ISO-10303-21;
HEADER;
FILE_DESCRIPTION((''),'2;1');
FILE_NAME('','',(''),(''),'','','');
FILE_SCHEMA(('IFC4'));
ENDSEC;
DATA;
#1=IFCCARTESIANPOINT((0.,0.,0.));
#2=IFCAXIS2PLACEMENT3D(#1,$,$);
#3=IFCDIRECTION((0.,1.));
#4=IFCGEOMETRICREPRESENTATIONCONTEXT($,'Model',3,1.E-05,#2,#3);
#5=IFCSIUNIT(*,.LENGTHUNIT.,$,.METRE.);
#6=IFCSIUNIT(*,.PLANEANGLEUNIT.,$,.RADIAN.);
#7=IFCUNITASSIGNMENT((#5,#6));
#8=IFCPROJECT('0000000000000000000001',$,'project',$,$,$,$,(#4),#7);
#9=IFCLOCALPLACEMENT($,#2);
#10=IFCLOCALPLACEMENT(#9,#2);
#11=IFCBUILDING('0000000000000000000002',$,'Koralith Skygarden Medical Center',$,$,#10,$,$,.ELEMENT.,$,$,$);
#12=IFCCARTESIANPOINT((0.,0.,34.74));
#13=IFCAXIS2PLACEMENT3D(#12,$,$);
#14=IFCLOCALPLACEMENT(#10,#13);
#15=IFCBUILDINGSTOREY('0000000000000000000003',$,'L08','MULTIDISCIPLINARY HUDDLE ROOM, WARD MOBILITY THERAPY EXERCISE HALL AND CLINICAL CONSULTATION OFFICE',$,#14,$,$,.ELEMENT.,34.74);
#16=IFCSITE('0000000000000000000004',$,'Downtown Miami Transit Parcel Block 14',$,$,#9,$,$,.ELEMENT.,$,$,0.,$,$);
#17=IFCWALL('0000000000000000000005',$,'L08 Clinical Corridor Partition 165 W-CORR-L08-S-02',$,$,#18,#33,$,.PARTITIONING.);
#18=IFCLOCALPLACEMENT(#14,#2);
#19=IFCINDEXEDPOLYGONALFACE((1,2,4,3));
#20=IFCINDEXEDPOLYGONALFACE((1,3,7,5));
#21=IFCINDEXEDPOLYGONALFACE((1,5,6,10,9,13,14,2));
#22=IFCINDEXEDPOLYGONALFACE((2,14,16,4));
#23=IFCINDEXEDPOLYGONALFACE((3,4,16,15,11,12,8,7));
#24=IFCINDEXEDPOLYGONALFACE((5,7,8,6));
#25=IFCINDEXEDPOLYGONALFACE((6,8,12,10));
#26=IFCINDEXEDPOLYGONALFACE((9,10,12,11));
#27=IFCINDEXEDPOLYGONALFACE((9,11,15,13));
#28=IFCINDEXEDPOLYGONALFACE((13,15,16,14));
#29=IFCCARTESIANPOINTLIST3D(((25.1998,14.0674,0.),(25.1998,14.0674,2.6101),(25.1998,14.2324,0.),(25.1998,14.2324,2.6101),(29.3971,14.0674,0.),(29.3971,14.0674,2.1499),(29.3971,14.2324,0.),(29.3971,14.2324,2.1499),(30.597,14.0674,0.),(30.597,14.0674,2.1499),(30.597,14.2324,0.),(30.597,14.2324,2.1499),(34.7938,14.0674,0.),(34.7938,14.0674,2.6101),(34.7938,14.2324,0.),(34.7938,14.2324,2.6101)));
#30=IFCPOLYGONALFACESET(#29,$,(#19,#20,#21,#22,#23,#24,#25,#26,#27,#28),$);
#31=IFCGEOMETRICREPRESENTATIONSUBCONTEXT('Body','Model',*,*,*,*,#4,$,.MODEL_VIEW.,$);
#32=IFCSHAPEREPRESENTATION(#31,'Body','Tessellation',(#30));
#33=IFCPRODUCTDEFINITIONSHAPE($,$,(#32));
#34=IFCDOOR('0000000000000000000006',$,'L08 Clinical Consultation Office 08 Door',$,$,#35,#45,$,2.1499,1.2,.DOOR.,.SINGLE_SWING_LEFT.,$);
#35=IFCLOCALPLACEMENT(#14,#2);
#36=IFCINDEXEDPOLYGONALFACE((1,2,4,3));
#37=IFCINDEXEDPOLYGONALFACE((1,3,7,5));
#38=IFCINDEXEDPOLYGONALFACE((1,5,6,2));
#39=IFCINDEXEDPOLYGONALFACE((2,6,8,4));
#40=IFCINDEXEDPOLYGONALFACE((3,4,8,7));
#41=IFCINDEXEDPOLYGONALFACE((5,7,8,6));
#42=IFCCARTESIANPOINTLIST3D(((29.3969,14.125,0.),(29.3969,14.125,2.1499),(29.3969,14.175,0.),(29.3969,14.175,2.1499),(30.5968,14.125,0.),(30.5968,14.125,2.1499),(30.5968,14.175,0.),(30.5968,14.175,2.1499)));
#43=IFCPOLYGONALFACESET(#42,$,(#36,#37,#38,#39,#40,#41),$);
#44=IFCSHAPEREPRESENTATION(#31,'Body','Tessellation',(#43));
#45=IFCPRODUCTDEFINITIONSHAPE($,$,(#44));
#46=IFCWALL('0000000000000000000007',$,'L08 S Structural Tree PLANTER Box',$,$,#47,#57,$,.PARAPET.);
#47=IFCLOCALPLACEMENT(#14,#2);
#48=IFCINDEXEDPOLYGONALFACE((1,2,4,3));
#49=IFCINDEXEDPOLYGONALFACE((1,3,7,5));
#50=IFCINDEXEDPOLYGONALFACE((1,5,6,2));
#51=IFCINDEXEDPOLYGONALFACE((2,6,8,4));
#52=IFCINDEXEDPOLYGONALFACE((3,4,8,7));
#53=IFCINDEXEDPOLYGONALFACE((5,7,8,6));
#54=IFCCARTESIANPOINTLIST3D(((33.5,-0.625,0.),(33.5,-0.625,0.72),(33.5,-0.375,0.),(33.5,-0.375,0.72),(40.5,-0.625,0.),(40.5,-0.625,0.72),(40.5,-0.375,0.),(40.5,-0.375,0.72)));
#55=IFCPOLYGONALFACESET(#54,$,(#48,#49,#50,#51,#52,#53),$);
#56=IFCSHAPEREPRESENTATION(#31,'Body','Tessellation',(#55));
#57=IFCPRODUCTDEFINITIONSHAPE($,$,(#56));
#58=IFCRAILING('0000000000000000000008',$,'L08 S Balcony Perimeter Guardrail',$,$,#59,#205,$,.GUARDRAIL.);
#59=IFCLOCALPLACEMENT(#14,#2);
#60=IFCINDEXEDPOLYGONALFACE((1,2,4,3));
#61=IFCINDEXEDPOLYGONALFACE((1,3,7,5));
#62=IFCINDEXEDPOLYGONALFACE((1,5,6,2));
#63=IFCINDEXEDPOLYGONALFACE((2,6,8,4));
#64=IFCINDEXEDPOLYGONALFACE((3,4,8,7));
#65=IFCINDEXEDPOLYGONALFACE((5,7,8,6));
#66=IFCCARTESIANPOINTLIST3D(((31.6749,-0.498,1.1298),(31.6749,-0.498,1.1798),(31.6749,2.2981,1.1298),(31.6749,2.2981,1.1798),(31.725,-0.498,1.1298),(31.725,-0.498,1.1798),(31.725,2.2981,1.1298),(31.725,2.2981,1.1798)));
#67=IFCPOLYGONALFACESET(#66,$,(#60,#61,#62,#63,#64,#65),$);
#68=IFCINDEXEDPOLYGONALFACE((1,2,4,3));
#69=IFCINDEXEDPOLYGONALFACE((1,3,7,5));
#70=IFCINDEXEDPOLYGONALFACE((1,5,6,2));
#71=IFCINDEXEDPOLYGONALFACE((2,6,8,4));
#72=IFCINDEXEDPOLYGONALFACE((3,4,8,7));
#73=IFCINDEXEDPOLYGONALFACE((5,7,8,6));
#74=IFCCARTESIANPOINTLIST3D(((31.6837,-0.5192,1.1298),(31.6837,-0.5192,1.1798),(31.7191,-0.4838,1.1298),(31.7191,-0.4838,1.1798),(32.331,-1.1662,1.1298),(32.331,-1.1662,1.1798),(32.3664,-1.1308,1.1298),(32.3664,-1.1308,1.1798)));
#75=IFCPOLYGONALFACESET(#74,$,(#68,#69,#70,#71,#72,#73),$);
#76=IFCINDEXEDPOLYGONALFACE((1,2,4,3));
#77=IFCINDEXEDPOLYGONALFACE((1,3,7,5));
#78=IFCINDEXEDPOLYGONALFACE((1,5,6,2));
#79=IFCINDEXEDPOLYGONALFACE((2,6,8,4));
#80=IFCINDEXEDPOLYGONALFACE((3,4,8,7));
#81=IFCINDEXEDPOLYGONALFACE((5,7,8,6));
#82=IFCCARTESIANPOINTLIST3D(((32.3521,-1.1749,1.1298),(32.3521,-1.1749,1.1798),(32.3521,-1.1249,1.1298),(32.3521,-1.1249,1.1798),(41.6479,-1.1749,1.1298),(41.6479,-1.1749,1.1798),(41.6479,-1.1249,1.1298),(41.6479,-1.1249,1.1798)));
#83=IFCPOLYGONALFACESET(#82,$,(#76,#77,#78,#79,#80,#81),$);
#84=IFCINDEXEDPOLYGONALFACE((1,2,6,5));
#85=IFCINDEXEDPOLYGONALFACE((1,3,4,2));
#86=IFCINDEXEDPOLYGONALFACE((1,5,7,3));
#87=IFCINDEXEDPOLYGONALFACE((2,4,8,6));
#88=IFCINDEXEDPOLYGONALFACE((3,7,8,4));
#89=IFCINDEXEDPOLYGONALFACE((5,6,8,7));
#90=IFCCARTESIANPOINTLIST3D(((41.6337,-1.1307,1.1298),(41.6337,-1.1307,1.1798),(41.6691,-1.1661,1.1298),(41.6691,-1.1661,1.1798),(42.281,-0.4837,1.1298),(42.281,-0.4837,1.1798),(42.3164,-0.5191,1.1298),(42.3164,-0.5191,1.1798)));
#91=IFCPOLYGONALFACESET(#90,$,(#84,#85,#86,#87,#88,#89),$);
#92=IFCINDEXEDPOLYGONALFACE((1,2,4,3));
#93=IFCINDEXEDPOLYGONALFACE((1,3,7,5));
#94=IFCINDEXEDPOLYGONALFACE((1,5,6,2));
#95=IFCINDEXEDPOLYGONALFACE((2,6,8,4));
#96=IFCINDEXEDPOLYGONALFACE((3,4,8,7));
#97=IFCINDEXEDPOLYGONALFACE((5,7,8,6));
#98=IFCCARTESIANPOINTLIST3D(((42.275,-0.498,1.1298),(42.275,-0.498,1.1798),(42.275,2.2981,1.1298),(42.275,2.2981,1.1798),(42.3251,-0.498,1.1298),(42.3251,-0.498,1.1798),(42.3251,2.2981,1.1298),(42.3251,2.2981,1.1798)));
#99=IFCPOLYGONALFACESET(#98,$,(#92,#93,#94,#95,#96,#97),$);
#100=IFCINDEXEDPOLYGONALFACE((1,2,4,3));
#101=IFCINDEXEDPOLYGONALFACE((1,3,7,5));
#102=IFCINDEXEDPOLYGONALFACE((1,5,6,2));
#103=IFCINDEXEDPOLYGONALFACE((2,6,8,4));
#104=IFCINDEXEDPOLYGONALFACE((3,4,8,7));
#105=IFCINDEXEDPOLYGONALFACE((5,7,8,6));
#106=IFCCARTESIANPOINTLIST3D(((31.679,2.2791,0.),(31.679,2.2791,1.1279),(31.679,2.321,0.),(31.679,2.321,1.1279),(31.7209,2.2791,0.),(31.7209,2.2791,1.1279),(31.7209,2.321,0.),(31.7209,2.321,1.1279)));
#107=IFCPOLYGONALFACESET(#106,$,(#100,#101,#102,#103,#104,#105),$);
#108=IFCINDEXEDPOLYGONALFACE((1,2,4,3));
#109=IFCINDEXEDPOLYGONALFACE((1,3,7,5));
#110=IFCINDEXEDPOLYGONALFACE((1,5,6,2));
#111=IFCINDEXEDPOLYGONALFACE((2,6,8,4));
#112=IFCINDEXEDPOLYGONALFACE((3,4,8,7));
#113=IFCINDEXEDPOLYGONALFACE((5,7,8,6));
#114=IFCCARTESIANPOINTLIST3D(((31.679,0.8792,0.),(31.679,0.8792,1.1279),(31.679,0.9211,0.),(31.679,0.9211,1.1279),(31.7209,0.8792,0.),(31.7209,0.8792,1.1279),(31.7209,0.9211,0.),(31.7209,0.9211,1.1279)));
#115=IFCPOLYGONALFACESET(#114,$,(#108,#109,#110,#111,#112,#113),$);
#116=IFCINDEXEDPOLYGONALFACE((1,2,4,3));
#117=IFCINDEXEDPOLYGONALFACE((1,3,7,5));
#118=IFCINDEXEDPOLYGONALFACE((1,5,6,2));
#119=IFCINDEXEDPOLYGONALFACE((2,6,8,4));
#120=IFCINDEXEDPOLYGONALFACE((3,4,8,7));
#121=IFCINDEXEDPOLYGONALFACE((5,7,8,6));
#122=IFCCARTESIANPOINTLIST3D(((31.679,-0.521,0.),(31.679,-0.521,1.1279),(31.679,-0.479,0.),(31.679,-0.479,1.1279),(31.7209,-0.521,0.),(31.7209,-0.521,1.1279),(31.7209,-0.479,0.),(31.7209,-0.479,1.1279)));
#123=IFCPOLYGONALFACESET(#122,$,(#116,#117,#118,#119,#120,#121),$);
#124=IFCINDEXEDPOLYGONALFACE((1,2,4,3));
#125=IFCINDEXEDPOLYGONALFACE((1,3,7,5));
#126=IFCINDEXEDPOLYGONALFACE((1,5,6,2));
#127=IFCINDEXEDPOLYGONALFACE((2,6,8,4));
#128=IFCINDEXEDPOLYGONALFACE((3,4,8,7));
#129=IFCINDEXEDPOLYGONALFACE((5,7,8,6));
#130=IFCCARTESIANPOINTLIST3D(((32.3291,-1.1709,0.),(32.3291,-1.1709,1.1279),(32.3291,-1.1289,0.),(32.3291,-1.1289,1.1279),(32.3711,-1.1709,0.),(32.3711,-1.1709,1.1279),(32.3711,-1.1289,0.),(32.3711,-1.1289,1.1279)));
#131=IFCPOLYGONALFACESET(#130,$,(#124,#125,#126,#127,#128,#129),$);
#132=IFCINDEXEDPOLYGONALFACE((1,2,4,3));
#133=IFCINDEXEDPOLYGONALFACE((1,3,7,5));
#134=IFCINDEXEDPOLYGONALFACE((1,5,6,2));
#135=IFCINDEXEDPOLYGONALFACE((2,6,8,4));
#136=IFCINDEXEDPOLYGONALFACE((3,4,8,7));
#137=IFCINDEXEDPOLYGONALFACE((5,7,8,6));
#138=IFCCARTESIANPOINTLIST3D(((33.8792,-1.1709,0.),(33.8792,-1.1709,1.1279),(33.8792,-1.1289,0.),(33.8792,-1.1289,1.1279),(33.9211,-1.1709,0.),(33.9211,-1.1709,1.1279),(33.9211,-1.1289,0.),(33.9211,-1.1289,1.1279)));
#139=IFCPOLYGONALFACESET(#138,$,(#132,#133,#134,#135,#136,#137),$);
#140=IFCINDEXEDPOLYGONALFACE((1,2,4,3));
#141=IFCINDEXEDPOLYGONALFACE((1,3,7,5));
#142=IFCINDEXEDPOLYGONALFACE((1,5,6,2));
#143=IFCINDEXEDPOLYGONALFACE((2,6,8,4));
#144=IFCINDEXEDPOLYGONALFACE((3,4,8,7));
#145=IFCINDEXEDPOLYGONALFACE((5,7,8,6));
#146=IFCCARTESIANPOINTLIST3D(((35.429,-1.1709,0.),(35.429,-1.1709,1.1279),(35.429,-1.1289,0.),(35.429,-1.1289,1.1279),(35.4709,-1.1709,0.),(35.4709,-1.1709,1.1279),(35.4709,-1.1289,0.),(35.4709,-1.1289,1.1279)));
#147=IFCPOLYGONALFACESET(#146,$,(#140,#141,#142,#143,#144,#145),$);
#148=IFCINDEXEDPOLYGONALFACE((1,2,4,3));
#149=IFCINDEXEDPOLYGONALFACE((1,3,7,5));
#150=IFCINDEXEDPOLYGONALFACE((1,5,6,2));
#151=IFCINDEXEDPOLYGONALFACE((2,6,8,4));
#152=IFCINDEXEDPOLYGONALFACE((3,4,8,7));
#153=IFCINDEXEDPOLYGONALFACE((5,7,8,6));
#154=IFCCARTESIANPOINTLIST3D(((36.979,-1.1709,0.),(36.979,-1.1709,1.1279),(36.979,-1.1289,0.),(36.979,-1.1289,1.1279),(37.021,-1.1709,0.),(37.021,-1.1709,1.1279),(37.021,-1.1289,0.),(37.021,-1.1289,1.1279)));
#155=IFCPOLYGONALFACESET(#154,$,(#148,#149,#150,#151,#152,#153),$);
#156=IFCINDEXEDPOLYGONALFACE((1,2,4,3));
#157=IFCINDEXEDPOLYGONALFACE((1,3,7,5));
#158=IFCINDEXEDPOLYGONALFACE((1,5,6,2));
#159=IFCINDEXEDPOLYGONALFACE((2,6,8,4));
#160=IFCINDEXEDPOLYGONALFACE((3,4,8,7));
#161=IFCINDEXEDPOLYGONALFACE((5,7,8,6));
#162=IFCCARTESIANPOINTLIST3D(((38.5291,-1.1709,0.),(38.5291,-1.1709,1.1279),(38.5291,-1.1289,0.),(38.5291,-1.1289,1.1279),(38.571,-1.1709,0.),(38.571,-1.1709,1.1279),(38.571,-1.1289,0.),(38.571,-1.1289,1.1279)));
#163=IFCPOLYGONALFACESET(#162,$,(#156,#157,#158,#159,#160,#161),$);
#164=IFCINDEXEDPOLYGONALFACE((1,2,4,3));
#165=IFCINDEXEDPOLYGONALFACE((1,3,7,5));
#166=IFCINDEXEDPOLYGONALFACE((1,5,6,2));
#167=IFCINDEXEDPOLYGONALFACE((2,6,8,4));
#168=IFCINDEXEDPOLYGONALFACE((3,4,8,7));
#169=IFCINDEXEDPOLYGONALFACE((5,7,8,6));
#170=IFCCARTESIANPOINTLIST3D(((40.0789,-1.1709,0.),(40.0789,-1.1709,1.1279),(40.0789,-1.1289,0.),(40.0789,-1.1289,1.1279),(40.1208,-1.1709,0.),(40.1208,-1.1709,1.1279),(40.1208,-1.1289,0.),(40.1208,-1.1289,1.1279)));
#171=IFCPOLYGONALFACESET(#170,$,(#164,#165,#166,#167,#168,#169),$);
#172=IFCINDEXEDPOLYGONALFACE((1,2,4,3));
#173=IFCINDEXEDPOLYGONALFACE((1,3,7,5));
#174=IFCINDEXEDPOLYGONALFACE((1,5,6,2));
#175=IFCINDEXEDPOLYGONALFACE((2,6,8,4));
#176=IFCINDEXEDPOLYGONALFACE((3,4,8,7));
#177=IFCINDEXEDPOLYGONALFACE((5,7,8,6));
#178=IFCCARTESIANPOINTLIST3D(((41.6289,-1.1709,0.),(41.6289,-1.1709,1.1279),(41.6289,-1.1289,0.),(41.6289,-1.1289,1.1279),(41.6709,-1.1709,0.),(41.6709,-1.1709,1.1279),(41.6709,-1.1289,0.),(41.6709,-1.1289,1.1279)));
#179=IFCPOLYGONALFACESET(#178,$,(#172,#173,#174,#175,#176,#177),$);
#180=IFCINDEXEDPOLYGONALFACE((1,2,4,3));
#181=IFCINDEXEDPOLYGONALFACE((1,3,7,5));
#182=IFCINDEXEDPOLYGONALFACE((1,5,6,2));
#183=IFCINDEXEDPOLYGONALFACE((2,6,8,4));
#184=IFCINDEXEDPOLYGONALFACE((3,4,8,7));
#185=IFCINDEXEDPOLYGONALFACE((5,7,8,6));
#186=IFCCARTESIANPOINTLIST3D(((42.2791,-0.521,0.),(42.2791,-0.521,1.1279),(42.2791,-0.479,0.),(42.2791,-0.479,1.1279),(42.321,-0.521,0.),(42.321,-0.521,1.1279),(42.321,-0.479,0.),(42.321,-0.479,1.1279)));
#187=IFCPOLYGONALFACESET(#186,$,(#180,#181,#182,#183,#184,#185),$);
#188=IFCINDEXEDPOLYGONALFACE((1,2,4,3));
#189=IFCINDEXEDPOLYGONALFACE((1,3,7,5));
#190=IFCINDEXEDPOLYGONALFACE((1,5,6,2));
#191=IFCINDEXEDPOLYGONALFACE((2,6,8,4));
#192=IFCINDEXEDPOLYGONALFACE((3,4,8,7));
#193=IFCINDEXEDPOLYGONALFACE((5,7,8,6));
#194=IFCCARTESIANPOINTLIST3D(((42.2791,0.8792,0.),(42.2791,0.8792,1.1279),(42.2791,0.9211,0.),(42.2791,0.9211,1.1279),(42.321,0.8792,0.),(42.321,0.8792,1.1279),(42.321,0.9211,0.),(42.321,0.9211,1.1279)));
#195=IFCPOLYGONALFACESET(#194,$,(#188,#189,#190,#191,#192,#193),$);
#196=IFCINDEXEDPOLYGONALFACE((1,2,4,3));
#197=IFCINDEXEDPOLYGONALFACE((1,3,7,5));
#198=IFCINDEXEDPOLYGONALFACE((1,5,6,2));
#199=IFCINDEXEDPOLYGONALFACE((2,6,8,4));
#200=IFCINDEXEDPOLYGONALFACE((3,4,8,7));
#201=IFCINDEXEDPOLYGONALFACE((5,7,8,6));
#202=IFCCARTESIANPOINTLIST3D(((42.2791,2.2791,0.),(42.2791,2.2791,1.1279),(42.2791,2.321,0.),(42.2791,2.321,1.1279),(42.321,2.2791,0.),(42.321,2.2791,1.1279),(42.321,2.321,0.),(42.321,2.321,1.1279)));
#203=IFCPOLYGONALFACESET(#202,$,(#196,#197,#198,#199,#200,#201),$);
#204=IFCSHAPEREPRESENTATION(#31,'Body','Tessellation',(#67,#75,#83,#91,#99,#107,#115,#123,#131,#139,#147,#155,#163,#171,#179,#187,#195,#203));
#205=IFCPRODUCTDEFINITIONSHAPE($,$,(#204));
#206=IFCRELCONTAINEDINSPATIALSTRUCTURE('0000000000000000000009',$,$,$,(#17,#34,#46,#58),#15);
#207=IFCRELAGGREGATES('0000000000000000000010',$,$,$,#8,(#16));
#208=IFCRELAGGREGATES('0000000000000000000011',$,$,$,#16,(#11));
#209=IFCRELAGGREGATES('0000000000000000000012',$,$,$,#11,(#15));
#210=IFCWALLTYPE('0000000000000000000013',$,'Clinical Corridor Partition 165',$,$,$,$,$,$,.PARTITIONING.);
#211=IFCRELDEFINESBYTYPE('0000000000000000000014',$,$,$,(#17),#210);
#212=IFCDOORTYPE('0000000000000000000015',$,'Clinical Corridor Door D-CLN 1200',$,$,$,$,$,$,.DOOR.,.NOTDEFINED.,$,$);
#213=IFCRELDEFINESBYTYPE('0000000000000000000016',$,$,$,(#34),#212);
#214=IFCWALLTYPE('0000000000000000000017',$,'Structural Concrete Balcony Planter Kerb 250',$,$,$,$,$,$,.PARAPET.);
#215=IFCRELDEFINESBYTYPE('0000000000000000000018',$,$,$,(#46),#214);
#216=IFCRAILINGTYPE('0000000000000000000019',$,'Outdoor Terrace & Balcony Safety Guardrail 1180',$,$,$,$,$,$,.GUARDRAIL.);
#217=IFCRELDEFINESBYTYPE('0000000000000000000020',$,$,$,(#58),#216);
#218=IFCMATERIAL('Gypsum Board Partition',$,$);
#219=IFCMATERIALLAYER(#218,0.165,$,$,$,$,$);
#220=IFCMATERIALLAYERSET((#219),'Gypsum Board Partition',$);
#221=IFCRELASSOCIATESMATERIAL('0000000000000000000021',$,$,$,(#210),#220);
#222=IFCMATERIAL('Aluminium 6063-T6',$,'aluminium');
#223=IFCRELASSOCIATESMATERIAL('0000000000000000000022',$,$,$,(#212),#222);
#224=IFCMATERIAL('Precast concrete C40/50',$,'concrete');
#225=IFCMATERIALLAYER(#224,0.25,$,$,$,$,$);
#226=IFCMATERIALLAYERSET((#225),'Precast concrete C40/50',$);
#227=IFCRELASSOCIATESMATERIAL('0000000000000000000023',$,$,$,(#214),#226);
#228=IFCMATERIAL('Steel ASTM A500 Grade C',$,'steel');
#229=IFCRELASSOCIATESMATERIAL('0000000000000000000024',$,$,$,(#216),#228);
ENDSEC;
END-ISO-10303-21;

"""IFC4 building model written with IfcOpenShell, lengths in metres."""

from ifc_helpers import new_model, si_unit, direction, frame, frame_2d, origin, origin_2d, place, context, subcontext, project, spatial, rectangle, extrude, material, layer, layer_set, type_object, element, fill, save


model = new_model("IFC4")

# Units and contexts
model_context = context("Model", 3, precision=1e-05, world=origin(), true_north=direction((0.0, 1.0)))
body_context = subcontext(model_context, "Body", "Model", "MODEL_VIEW")
ifc_project = project(units=[si_unit("LENGTHUNIT", "METRE"), si_unit("PLANEANGLEUNIT", "RADIAN")], contexts=[model_context])

# Site, building, storey
site_placement = place(None, origin())
site = spatial("IfcSite", under=ifc_project, at=site_placement, Name="Downtown Miami Transit Parcel Block 14", CompositionType="ELEMENT", RefElevation=0.0)
building_placement = place(site_placement, origin())
building = spatial("IfcBuilding", under=site, at=building_placement, Name="Koralith Skygarden Medical Center", CompositionType="ELEMENT")
storey_placement = place(building_placement, frame((0.0, 0.0, 34.74)))
storey = spatial("IfcBuildingStorey", under=building, at=storey_placement, Name="L08", Description="MULTIDISCIPLINARY HUDDLE ROOM, WARD MOBILITY THERAPY EXERCISE HALL AND CLINICAL CONSULTATION OFFICE", CompositionType="ELEMENT", Elevation=34.74)

# Shared definitions
ifc_material_1 = material(Name="Aluminium 6063-T6", Category="aluminium")

# Shared definitions
ifc_material_2 = material(Name="Gypsum Board Partition")

# Wall, opening, door
ifc_layer_1 = layer(ifc_material_2, 0.165)
ifc_layer_set_1 = layer_set([ifc_layer_1], Name="Gypsum Board Partition")
wall_type_1 = type_object("IfcWallType", Name="Clinical Corridor Partition 165", PredefinedType="PARTITIONING", material=ifc_layer_set_1)
wall_1_placement = place(storey_placement, frame((25.2, 14.1499, 0.0), z_axis=(0.0, 0.0, 1.0), x_axis=(1.0, 0.0, 0.0)))
wall_1 = element("IfcWall", 1, at=wall_1_placement, inside=storey, type_object=wall_type_1, Name="L08 Clinical Corridor Partition 165 W-CORR-L08-S-02", PredefinedType="PARTITIONING", context=body_context, shape_type="SweptSolid", body=[
    extrude(rectangle(XDim=9.594, YDim=0.165, at=frame_2d((4.7969, 0.0))), origin(), (0.0, 0.0, 1.0), 2.6101),
])
opening_1_placement = place(wall_1_placement, frame((4.197, 0.0, 0.0)))
opening_1 = element("IfcOpeningElement", 2, at=opening_1_placement, cuts=wall_1, PredefinedType="OPENING", context=body_context, shape_type="SweptSolid", body=[
    extrude(rectangle(XDim=1.2, YDim=2.1499, at=frame_2d((0.6001, 1.075))), frame((0.0, 0.0925, 0.0), z_axis=(0.0, -1.0, 0.0), x_axis=(1.0, 0.0, 0.0)), (0.0, 0.0, 1.0), 0.1851),
])
door_type_1 = type_object("IfcDoorType", Name="Clinical Corridor Door D-CLN 1200", OperationType="NOTDEFINED", PredefinedType="DOOR", material=ifc_material_1)
door_1_placement = place(opening_1_placement, frame((1.2, 0.0, 0.0), z_axis=(0.0, 0.0, 1.0), x_axis=(-1.0, 0.0, 0.0)))
door_1 = element("IfcDoor", 3, at=door_1_placement, inside=storey, type_object=door_type_1, Name="L08 Clinical Consultation Office 08 Door", OperationType="SINGLE_SWING_LEFT", OverallHeight=2.1499, OverallWidth=1.2, PredefinedType="DOOR", context=body_context, shape_type="SweptSolid", body=[
    extrude(rectangle(XDim=1.2, YDim=2.1499, at=frame_2d((0.6001, 1.075))), frame((0.0, 0.0249, 0.0), z_axis=(0.0, -1.0, 0.0), x_axis=(1.0, 0.0, 0.0)), (0.0, 0.0, 1.0), 0.05),
])
fill(opening_1, door_1)

# Wall
ifc_material_3 = material(Name="Precast concrete C40/50", Category="concrete")
ifc_layer_2 = layer(ifc_material_3, 0.25)
ifc_layer_set_2 = layer_set([ifc_layer_2], Name="Precast concrete C40/50")
wall_type_2 = type_object("IfcWallType", Name="Structural Concrete Balcony Planter Kerb 250", PredefinedType="PARAPET", material=ifc_layer_set_2)
wall_2_placement = place(storey_placement, frame((33.5, -0.5, 0.0), z_axis=(0.0, 0.0, 1.0), x_axis=(1.0, 0.0, 0.0)))
element("IfcWall", 4, at=wall_2_placement, inside=storey, type_object=wall_type_2, Name="L08 S Structural Tree PLANTER Box", PredefinedType="PARAPET", context=body_context, shape_type="SweptSolid", body=[
    extrude(rectangle(XDim=7.0, YDim=0.25, at=frame_2d((3.5, 0.0))), origin(), (0.0, 0.0, 1.0), 0.72),
])

# Railing
ifc_material_4 = material(Name="Steel ASTM A500 Grade C", Category="steel")
railing_type = type_object("IfcRailingType", Name="Outdoor Terrace & Balcony Safety Guardrail 1180", PredefinedType="GUARDRAIL", material=ifc_material_4)
railing_placement = place(storey_placement, frame((31.7, 2.3, 0.0)))
element("IfcRailing", 5, at=railing_placement, inside=storey, type_object=railing_type, Name="L08 S Balcony Perimeter Guardrail", PredefinedType="GUARDRAIL", context=body_context, shape_type="SweptSolid", body=[
    extrude(rectangle(XDim=0.05, YDim=0.05, at=origin_2d()), frame((0.0, -0.002, 1.1548), z_axis=(0.0, -1.0, 0.0), x_axis=(1.0, 0.0, 0.0)), (0.0, 0.0, 1.0), 2.7961),
    extrude(rectangle(XDim=0.05, YDim=0.05, at=origin_2d()), frame((0.0015, -2.8015, 1.1548), z_axis=(0.70724, -0.706974, 0.0), x_axis=(0.706974, 0.70724, 0.0)), (0.0, 0.0, 1.0), 0.9153),
    extrude(rectangle(XDim=0.05, YDim=0.05, at=origin_2d()), frame((0.6521, -3.45, 1.1548), z_axis=(1.0, 0.0, 0.0), x_axis=(0.0, 1.0, 0.0)), (0.0, 0.0, 1.0), 9.2959),
    extrude(rectangle(XDim=0.05, YDim=0.05, at=origin_2d()), frame((9.9514, -3.4485, 1.1548), z_axis=(0.70724, 0.706974, 0.0), x_axis=(-0.706974, 0.70724, 0.0)), (0.0, 0.0, 1.0), 0.9153),
    extrude(rectangle(XDim=0.05, YDim=0.05, at=origin_2d()), frame((10.6001, -2.7981, 1.1548), z_axis=(0.0, 1.0, 0.0), x_axis=(-1.0, 0.0, 0.0)), (0.0, 0.0, 1.0), 2.7961),
    extrude(rectangle(XDim=0.042, YDim=0.042, at=origin_2d()), origin(), (0.0, 0.0, 1.0), 1.1279),
    extrude(rectangle(XDim=0.042, YDim=0.042, at=origin_2d()), frame((0.0, -1.3999, 0.0)), (0.0, 0.0, 1.0), 1.1279),
    extrude(rectangle(XDim=0.042, YDim=0.042, at=origin_2d()), frame((0.0, -2.8, 0.0)), (0.0, 0.0, 1.0), 1.1279),
    extrude(rectangle(XDim=0.042, YDim=0.042, at=origin_2d()), frame((0.6501, -3.45, 0.0)), (0.0, 0.0, 1.0), 1.1279),
    extrude(rectangle(XDim=0.042, YDim=0.042, at=origin_2d()), frame((2.2002, -3.45, 0.0)), (0.0, 0.0, 1.0), 1.1279),
    extrude(rectangle(XDim=0.042, YDim=0.042, at=origin_2d()), frame((3.75, -3.45, 0.0)), (0.0, 0.0, 1.0), 1.1279),
    extrude(rectangle(XDim=0.042, YDim=0.042, at=origin_2d()), frame((5.3, -3.45, 0.0)), (0.0, 0.0, 1.0), 1.1279),
    extrude(rectangle(XDim=0.042, YDim=0.042, at=origin_2d()), frame((6.8501, -3.45, 0.0)), (0.0, 0.0, 1.0), 1.1279),
    extrude(rectangle(XDim=0.042, YDim=0.042, at=origin_2d()), frame((8.3999, -3.45, 0.0)), (0.0, 0.0, 1.0), 1.1279),
    extrude(rectangle(XDim=0.042, YDim=0.042, at=origin_2d()), frame((9.95, -3.45, 0.0)), (0.0, 0.0, 1.0), 1.1279),
    extrude(rectangle(XDim=0.042, YDim=0.042, at=origin_2d()), frame((10.6001, -2.8, 0.0)), (0.0, 0.0, 1.0), 1.1279),
    extrude(rectangle(XDim=0.042, YDim=0.042, at=origin_2d()), frame((10.6001, -1.3999, 0.0)), (0.0, 0.0, 1.0), 1.1279),
    extrude(rectangle(XDim=0.042, YDim=0.042, at=origin_2d()), frame((10.6001, 0.0, 0.0)), (0.0, 0.0, 1.0), 1.1279),
])

save(model, "model.ifc")
